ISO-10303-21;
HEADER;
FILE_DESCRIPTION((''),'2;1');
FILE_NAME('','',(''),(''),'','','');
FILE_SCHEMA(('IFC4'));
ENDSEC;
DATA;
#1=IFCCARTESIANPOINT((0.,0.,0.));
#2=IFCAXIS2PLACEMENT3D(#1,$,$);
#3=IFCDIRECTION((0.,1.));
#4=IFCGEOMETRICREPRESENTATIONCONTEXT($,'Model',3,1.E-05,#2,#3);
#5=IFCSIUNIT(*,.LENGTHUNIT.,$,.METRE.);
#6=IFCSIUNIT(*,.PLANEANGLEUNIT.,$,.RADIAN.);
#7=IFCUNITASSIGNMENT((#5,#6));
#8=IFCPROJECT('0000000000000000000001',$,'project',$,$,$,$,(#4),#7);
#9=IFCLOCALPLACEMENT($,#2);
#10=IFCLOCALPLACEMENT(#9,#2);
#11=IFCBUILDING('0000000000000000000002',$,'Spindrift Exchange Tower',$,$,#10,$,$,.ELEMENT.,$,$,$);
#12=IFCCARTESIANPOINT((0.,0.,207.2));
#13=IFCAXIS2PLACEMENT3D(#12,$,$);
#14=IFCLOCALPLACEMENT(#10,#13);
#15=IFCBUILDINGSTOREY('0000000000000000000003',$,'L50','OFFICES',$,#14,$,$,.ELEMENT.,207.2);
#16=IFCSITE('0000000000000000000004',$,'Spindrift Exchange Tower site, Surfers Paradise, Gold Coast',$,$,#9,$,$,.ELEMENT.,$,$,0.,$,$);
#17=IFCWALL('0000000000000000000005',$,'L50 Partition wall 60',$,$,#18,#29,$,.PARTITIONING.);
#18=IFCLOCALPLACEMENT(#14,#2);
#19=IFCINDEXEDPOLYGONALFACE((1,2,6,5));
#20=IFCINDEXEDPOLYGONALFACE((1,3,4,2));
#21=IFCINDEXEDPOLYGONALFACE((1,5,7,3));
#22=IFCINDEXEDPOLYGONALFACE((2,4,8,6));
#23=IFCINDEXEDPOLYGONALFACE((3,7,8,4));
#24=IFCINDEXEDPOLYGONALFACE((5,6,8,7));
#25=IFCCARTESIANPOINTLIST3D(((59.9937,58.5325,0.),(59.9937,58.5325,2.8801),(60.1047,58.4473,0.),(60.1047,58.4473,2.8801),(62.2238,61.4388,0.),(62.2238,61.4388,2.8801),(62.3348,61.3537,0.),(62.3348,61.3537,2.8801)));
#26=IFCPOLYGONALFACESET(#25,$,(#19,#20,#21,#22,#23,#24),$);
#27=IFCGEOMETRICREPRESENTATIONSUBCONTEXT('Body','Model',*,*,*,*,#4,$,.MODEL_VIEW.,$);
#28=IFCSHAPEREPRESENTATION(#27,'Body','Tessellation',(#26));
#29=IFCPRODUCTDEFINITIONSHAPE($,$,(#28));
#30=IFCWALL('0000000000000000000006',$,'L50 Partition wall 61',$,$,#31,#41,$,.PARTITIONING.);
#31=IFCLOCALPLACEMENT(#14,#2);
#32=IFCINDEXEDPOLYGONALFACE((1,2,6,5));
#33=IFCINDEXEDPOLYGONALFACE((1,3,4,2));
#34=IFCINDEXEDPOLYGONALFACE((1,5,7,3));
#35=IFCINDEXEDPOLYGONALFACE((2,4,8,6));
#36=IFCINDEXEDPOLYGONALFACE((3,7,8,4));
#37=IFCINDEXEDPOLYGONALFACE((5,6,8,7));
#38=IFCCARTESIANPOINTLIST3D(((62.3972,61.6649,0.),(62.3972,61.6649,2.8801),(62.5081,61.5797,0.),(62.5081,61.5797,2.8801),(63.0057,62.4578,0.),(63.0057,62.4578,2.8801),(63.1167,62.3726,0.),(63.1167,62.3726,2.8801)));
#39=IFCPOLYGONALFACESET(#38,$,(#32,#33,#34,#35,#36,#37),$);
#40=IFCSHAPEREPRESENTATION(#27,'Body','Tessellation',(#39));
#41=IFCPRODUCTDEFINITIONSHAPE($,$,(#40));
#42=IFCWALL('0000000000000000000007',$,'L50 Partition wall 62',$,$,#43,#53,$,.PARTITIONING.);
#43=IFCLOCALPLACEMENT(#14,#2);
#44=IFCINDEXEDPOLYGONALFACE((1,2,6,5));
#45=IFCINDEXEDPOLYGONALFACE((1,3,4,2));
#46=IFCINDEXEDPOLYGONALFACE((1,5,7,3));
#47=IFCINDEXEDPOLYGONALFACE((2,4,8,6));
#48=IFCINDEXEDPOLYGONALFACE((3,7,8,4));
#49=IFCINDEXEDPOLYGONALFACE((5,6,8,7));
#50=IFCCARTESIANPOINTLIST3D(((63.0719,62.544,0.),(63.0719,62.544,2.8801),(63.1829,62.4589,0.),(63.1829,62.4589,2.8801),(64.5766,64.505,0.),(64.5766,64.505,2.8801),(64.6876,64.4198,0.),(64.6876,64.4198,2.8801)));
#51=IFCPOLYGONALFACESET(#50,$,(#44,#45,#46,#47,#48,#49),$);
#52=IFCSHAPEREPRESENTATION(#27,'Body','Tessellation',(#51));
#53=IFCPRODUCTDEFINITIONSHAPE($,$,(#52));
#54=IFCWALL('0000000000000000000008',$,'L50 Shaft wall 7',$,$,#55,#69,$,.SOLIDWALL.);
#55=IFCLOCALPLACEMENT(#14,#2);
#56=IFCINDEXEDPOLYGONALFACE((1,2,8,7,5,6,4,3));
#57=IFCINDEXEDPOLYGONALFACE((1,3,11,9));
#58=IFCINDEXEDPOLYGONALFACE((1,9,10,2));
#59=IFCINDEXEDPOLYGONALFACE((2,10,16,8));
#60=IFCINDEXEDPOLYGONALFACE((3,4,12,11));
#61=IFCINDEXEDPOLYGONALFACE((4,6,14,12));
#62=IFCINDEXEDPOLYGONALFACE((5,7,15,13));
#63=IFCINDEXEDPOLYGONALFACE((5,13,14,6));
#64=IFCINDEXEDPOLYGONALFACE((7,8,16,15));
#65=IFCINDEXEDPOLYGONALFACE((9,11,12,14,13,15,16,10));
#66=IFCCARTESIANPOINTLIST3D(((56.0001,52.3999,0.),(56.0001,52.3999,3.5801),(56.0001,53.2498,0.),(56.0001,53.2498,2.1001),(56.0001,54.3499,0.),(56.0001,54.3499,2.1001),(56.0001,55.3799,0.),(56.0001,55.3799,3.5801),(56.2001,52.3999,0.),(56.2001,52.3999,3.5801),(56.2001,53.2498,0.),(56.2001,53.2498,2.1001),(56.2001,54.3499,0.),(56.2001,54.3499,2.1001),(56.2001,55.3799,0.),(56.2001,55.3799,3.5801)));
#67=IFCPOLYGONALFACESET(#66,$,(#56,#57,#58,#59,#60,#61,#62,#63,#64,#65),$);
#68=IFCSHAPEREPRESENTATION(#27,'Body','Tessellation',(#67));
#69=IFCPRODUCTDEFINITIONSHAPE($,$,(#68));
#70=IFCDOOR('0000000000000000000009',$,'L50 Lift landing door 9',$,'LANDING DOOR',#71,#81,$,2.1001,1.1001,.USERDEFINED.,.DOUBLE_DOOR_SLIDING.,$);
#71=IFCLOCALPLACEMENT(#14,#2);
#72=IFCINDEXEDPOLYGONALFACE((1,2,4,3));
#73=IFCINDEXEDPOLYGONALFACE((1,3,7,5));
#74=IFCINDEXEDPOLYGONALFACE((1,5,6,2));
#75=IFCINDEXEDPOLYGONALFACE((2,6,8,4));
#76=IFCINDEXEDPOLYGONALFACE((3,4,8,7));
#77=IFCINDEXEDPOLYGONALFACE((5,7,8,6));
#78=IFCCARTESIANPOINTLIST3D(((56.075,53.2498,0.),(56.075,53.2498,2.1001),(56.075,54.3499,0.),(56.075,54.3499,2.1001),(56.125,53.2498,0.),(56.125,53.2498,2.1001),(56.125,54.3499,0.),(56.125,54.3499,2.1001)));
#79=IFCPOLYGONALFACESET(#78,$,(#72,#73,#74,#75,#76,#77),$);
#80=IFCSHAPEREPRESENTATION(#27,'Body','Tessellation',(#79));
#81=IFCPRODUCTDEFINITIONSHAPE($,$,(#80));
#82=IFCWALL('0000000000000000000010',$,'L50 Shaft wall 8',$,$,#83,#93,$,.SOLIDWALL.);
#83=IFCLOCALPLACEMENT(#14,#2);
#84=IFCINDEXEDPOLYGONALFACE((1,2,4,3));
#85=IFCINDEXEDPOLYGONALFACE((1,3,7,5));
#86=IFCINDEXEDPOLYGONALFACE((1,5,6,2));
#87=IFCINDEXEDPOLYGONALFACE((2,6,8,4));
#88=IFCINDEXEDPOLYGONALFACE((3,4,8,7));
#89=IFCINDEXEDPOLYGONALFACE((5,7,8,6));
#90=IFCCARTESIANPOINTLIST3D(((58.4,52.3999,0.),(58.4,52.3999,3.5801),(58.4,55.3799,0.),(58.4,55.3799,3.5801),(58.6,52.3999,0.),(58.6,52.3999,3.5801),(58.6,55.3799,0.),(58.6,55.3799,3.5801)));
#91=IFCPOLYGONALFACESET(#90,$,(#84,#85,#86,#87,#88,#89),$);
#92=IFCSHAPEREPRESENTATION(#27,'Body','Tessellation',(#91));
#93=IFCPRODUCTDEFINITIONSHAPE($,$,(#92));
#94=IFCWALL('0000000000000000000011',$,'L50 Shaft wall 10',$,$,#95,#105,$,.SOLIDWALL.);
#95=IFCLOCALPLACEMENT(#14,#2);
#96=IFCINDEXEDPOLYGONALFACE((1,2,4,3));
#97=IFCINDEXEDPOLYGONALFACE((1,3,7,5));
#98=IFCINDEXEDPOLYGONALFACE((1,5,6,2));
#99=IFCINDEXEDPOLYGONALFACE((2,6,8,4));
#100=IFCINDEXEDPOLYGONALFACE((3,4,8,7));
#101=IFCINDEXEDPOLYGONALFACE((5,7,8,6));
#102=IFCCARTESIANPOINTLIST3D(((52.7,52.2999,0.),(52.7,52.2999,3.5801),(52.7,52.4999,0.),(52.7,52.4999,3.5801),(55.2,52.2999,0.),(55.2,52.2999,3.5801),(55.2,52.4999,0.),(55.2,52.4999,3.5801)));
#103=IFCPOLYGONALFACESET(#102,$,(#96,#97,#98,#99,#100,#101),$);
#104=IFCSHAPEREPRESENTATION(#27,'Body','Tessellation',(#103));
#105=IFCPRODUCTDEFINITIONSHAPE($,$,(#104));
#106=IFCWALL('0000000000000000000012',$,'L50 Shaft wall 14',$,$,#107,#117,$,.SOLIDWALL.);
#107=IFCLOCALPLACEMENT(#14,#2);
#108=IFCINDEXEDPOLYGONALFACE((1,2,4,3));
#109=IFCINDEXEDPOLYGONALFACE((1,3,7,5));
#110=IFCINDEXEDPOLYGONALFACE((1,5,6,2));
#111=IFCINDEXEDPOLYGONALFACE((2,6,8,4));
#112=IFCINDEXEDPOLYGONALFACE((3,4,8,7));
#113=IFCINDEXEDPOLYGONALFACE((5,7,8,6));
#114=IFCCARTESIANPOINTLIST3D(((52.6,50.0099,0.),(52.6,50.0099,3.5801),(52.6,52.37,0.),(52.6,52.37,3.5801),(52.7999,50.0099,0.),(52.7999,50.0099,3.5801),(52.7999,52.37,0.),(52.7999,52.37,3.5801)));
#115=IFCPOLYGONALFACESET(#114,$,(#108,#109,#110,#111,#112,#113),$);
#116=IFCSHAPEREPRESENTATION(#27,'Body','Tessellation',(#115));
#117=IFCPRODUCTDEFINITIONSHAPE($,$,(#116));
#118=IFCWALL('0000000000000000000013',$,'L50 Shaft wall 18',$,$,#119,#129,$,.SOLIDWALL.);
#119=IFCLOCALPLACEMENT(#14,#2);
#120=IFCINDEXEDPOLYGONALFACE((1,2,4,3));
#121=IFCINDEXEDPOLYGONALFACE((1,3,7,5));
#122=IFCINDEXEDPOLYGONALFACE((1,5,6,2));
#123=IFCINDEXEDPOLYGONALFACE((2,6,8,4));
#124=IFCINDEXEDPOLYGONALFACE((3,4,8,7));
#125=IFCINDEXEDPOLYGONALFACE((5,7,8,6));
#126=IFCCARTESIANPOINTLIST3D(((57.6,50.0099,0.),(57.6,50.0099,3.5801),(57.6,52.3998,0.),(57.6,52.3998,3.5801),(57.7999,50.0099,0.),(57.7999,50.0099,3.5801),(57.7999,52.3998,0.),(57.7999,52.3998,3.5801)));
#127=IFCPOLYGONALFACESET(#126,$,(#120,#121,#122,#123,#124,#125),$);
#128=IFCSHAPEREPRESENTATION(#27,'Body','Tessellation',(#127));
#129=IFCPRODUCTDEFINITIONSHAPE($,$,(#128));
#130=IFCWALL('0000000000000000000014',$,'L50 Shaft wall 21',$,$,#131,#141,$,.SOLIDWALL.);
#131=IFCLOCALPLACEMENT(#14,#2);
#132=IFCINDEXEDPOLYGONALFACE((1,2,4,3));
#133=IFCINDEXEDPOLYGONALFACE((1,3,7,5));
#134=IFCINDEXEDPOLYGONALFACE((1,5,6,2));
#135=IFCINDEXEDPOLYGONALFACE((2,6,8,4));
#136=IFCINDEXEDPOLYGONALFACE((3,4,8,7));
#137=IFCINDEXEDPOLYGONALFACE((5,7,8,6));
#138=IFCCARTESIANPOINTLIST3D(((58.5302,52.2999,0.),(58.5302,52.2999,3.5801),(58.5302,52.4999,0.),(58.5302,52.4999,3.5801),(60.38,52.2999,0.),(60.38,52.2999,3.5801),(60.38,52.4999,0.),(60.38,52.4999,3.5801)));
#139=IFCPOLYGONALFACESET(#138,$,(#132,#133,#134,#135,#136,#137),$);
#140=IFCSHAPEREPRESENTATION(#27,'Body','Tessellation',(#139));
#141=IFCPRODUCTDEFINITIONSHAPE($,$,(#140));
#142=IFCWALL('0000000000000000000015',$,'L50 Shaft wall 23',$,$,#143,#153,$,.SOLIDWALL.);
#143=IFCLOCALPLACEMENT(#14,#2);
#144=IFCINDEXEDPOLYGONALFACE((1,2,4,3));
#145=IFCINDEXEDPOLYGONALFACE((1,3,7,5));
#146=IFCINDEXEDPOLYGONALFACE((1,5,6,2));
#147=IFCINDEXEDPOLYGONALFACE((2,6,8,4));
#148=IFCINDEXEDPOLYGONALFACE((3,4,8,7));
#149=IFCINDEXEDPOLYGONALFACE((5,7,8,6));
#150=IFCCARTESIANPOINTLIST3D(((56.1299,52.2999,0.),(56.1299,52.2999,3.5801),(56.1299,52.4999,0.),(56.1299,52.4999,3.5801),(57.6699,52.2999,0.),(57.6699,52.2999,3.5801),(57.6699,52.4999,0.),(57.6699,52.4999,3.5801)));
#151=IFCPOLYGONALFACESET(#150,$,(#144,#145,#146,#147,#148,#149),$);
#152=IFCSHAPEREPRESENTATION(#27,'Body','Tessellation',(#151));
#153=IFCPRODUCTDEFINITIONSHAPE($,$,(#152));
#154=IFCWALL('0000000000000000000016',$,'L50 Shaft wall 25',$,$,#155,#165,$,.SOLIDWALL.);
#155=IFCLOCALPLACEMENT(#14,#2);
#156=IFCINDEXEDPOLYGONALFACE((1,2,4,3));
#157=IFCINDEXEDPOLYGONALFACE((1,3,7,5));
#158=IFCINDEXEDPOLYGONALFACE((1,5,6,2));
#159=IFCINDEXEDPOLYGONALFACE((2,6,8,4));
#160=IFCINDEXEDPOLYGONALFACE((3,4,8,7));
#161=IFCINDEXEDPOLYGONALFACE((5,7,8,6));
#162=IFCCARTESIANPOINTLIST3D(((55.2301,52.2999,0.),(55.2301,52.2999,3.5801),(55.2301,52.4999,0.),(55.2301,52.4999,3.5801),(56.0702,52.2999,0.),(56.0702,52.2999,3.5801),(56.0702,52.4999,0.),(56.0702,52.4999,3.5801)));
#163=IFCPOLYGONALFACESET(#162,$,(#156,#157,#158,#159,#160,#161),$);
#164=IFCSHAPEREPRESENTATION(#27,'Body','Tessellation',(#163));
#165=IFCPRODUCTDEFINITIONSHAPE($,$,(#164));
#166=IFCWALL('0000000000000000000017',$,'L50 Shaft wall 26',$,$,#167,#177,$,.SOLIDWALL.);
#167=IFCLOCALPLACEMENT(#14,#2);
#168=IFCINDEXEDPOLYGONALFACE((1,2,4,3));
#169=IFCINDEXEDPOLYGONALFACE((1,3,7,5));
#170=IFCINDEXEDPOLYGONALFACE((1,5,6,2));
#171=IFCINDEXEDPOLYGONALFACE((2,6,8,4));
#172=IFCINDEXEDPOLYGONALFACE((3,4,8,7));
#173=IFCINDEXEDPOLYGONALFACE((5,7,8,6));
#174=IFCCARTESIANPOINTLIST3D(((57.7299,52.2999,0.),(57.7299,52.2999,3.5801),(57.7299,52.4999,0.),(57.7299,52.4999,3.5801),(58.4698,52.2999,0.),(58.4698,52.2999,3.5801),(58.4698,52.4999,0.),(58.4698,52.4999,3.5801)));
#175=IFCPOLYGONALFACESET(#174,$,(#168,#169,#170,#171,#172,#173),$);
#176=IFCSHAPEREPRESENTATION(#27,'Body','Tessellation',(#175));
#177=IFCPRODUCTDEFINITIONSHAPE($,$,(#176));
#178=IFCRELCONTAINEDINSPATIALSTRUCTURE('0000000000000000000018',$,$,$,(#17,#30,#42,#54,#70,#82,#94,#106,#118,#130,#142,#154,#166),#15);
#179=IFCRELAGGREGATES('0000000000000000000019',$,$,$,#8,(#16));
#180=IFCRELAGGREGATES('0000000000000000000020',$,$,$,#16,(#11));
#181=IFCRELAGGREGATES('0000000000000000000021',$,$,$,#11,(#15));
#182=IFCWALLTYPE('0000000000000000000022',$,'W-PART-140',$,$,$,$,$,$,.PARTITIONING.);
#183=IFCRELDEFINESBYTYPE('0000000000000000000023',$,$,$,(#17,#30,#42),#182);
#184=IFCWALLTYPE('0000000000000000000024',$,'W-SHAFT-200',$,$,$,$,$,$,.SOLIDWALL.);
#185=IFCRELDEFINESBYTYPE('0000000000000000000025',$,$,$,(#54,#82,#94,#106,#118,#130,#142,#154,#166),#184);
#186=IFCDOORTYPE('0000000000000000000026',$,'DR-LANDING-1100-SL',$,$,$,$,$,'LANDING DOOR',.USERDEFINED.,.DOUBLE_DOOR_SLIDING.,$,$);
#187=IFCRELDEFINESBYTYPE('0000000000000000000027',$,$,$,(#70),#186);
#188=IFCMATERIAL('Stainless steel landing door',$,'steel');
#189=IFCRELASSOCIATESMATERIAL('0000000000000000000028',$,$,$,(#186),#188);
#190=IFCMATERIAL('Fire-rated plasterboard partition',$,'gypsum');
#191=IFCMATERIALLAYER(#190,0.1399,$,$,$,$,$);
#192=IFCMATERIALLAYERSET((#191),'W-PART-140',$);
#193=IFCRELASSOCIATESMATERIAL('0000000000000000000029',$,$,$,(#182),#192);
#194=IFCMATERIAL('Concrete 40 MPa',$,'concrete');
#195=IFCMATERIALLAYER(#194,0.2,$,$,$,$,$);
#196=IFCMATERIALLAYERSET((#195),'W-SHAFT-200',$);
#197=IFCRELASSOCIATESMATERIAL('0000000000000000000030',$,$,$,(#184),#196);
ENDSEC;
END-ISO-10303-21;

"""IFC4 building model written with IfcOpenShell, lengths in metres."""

from ifc_helpers import new_model, si_unit, direction, frame, frame_2d, origin, place, context, subcontext, project, spatial, rectangle, extrude, source, transform, mapped, material, layer, layer_set, type_object, element, fill, save


model = new_model("IFC4")

# Units and contexts
model_context = context("Model", 3, precision=1e-05, world=origin(), true_north=direction((0.0, 1.0)))
body_context = subcontext(model_context, "Body", "Model", "MODEL_VIEW")
ifc_project = project(units=[si_unit("LENGTHUNIT", "METRE"), si_unit("PLANEANGLEUNIT", "RADIAN")], contexts=[model_context])

# Site, building, storey
site_placement = place(None, origin())
site = spatial("IfcSite", under=ifc_project, at=site_placement, Name="Spindrift Exchange Tower site, Surfers Paradise, Gold Coast", CompositionType="ELEMENT", RefElevation=0.0)
building_placement = place(site_placement, origin())
building = spatial("IfcBuilding", under=site, at=building_placement, Name="Spindrift Exchange Tower", CompositionType="ELEMENT")
storey_placement = place(building_placement, frame((0.0, 0.0, 207.2)))
storey = spatial("IfcBuildingStorey", under=building, at=storey_placement, Name="L50", Description="OFFICES", CompositionType="ELEMENT", Elevation=207.2)

# Shared definitions
ifc_material_1 = material(Name="Stainless steel landing door", Category="steel")
door_type_1 = type_object("IfcDoorType", Name="DR-LANDING-1100-SL", ElementType="LANDING DOOR", OperationType="DOUBLE_DOOR_SLIDING", PredefinedType="USERDEFINED", material=ifc_material_1)
shared_shape_1 = source(origin(), body_context, "Body", "SweptSolid", [
    extrude(rectangle(XDim=1.1001, YDim=2.1001, at=frame_2d((0.55, 1.05))), frame((0.0, 0.0249, 0.0), z_axis=(0.0, -1.0, 0.0), x_axis=(1.0, 0.0, 0.0)), (0.0, 0.0, 1.0), 0.05),
])

# Shared definitions
ifc_material_2 = material(Name="Fire-rated plasterboard partition", Category="gypsum")
ifc_layer_1 = layer(ifc_material_2, 0.1399)
ifc_layer_set_1 = layer_set([ifc_layer_1], Name="W-PART-140")
wall_type_1 = type_object("IfcWallType", Name="W-PART-140", PredefinedType="PARTITIONING", material=ifc_layer_set_1)

# Walls
wall_1_placement = place(storey_placement, frame((60.0493, 58.49, 0.0), z_axis=(0.0, 0.0, 1.0), x_axis=(0.608751, 0.793362, 0.0)))
element("IfcWall", 1, at=wall_1_placement, inside=storey, type_object=wall_type_1, Name="L50 Partition wall 60", PredefinedType="PARTITIONING", context=body_context, shape_type="SweptSolid", body=[
    extrude(rectangle(XDim=3.6633, YDim=0.1399, at=frame_2d((1.8315, 0.0))), origin(), (0.0, 0.0, 1.0), 2.8801),
])
wall_2_placement = place(storey_placement, frame((62.4526, 61.6223, 0.0), z_axis=(0.0, 0.0, 1.0), x_axis=(0.608872, 0.793268, 0.0)))
element("IfcWall", 2, at=wall_2_placement, inside=storey, type_object=wall_type_1, Name="L50 Partition wall 61", PredefinedType="PARTITIONING", context=body_context, shape_type="SweptSolid", body=[
    extrude(rectangle(XDim=0.9995, YDim=0.1399, at=frame_2d((0.4998, 0.0))), origin(), (0.0, 0.0, 1.0), 2.8801),
])
wall_3_placement = place(storey_placement, frame((63.1274, 62.5015, 0.0), z_axis=(0.0, 0.0, 1.0), x_axis=(0.608751, 0.793361, 0.0)))
element("IfcWall", 3, at=wall_3_placement, inside=storey, type_object=wall_type_1, Name="L50 Partition wall 62", PredefinedType="PARTITIONING", context=body_context, shape_type="SweptSolid", body=[
    extrude(rectangle(XDim=2.4717, YDim=0.1399, at=frame_2d((1.2358, 0.0))), origin(), (0.0, 0.0, 1.0), 2.8801),
])

# Wall, opening, door
ifc_material_3 = material(Name="Concrete 40 MPa", Category="concrete")
ifc_layer_2 = layer(ifc_material_3, 0.2)
ifc_layer_set_2 = layer_set([ifc_layer_2], Name="W-SHAFT-200")
wall_type_2 = type_object("IfcWallType", Name="W-SHAFT-200", PredefinedType="SOLIDWALL", material=ifc_layer_set_2)
wall_4_placement = place(storey_placement, frame((56.1001, 55.3799, 0.0), z_axis=(0.0, 0.0, 1.0), x_axis=(0.0, -1.0, 0.0)))
wall_4 = element("IfcWall", 4, at=wall_4_placement, inside=storey, type_object=wall_type_2, Name="L50 Shaft wall 7", PredefinedType="SOLIDWALL", context=body_context, shape_type="SweptSolid", body=[
    extrude(rectangle(XDim=2.98, YDim=0.2, at=frame_2d((1.49, 0.0))), origin(), (0.0, 0.0, 1.0), 3.5801),
])
opening_1_placement = place(wall_4_placement, frame((1.03, 0.0, 0.0)))
opening_1 = element("IfcOpeningElement", 5, at=opening_1_placement, cuts=wall_4, PredefinedType="OPENING", context=body_context, shape_type="SweptSolid", body=[
    extrude(rectangle(XDim=1.1001, YDim=2.1001, at=frame_2d((0.55, 1.05))), frame((0.0, 0.1099, 0.0), z_axis=(0.0, -1.0, 0.0), x_axis=(1.0, 0.0, 0.0)), (0.0, 0.0, 1.0), 0.22),
])
door_1_placement = place(opening_1_placement, origin())
door_1 = element("IfcDoor", 6, at=door_1_placement, inside=storey, type_object=door_type_1, Name="L50 Lift landing door 9", ObjectType="LANDING DOOR", OperationType="DOUBLE_DOOR_SLIDING", OverallHeight=2.1001, OverallWidth=1.1001, PredefinedType="USERDEFINED", context=body_context, shape_type="MappedRepresentation", body=[
    mapped(shared_shape_1, transform((0.0, 0.0, 0.0), scale=1.0)),
])
fill(opening_1, door_1)

# Walls
wall_5_placement = place(storey_placement, frame((58.5, 52.3999, 0.0), z_axis=(0.0, 0.0, 1.0), x_axis=(0.0, 1.0, 0.0)))
element("IfcWall", 7, at=wall_5_placement, inside=storey, type_object=wall_type_2, Name="L50 Shaft wall 8", PredefinedType="SOLIDWALL", context=body_context, shape_type="SweptSolid", body=[
    extrude(rectangle(XDim=2.98, YDim=0.2, at=frame_2d((1.49, 0.0))), origin(), (0.0, 0.0, 1.0), 3.5801),
])
wall_6_placement = place(storey_placement, frame((55.2, 52.3999, 0.0), z_axis=(0.0, 0.0, 1.0), x_axis=(-1.0, 0.0, 0.0)))
element("IfcWall", 8, at=wall_6_placement, inside=storey, type_object=wall_type_2, Name="L50 Shaft wall 10", PredefinedType="SOLIDWALL", context=body_context, shape_type="SweptSolid", body=[
    extrude(rectangle(XDim=2.5, YDim=0.2, at=frame_2d((1.25, 0.0))), origin(), (0.0, 0.0, 1.0), 3.5801),
])
wall_7_placement = place(storey_placement, frame((52.7, 52.3701, 0.0), z_axis=(0.0, 0.0, 1.0), x_axis=(0.0, -1.0, 0.0)))
element("IfcWall", 9, at=wall_7_placement, inside=storey, type_object=wall_type_2, Name="L50 Shaft wall 14", PredefinedType="SOLIDWALL", context=body_context, shape_type="SweptSolid", body=[
    extrude(rectangle(XDim=2.3601, YDim=0.2, at=frame_2d((1.1802, 0.0))), origin(), (0.0, 0.0, 1.0), 3.5801),
])
wall_8_placement = place(storey_placement, frame((57.7, 50.01, 0.0), z_axis=(0.0, 0.0, 1.0), x_axis=(0.0, 1.0, 0.0)))
element("IfcWall", 10, at=wall_8_placement, inside=storey, type_object=wall_type_2, Name="L50 Shaft wall 18", PredefinedType="SOLIDWALL", context=body_context, shape_type="SweptSolid", body=[
    extrude(rectangle(XDim=2.3899, YDim=0.2, at=frame_2d((1.1948, 0.0))), origin(), (0.0, 0.0, 1.0), 3.5801),
])
wall_9_placement = place(storey_placement, frame((60.3799, 52.3999, 0.0), z_axis=(0.0, 0.0, 1.0), x_axis=(-1.0, 0.0, 0.0)))
element("IfcWall", 11, at=wall_9_placement, inside=storey, type_object=wall_type_2, Name="L50 Shaft wall 21", PredefinedType="SOLIDWALL", context=body_context, shape_type="SweptSolid", body=[
    extrude(rectangle(XDim=1.8499, YDim=0.2, at=frame_2d((0.9248, 0.0))), origin(), (0.0, 0.0, 1.0), 3.5801),
])
wall_10_placement = place(storey_placement, frame((57.6699, 52.3999, 0.0), z_axis=(0.0, 0.0, 1.0), x_axis=(-1.0, 0.0, 0.0)))
element("IfcWall", 12, at=wall_10_placement, inside=storey, type_object=wall_type_2, Name="L50 Shaft wall 23", PredefinedType="SOLIDWALL", context=body_context, shape_type="SweptSolid", body=[
    extrude(rectangle(XDim=1.54, YDim=0.2, at=frame_2d((0.77, 0.0))), origin(), (0.0, 0.0, 1.0), 3.5801),
])
wall_11_placement = place(storey_placement, frame((56.0701, 52.3999, 0.0), z_axis=(0.0, 0.0, 1.0), x_axis=(-1.0, 0.0, 0.0)))
element("IfcWall", 13, at=wall_11_placement, inside=storey, type_object=wall_type_2, Name="L50 Shaft wall 25", PredefinedType="SOLIDWALL", context=body_context, shape_type="SweptSolid", body=[
    extrude(rectangle(XDim=0.8401, YDim=0.2, at=frame_2d((0.4199, 0.0))), origin(), (0.0, 0.0, 1.0), 3.5801),
])
wall_12_placement = place(storey_placement, frame((58.47, 52.3999, 0.0), z_axis=(0.0, 0.0, 1.0), x_axis=(-1.0, 0.0, 0.0)))
element("IfcWall", 14, at=wall_12_placement, inside=storey, type_object=wall_type_2, Name="L50 Shaft wall 26", PredefinedType="SOLIDWALL", context=body_context, shape_type="SweptSolid", body=[
    extrude(rectangle(XDim=0.74, YDim=0.2, at=frame_2d((0.3701, 0.0))), origin(), (0.0, 0.0, 1.0), 3.5801),
])

save(model, "model.ifc")
